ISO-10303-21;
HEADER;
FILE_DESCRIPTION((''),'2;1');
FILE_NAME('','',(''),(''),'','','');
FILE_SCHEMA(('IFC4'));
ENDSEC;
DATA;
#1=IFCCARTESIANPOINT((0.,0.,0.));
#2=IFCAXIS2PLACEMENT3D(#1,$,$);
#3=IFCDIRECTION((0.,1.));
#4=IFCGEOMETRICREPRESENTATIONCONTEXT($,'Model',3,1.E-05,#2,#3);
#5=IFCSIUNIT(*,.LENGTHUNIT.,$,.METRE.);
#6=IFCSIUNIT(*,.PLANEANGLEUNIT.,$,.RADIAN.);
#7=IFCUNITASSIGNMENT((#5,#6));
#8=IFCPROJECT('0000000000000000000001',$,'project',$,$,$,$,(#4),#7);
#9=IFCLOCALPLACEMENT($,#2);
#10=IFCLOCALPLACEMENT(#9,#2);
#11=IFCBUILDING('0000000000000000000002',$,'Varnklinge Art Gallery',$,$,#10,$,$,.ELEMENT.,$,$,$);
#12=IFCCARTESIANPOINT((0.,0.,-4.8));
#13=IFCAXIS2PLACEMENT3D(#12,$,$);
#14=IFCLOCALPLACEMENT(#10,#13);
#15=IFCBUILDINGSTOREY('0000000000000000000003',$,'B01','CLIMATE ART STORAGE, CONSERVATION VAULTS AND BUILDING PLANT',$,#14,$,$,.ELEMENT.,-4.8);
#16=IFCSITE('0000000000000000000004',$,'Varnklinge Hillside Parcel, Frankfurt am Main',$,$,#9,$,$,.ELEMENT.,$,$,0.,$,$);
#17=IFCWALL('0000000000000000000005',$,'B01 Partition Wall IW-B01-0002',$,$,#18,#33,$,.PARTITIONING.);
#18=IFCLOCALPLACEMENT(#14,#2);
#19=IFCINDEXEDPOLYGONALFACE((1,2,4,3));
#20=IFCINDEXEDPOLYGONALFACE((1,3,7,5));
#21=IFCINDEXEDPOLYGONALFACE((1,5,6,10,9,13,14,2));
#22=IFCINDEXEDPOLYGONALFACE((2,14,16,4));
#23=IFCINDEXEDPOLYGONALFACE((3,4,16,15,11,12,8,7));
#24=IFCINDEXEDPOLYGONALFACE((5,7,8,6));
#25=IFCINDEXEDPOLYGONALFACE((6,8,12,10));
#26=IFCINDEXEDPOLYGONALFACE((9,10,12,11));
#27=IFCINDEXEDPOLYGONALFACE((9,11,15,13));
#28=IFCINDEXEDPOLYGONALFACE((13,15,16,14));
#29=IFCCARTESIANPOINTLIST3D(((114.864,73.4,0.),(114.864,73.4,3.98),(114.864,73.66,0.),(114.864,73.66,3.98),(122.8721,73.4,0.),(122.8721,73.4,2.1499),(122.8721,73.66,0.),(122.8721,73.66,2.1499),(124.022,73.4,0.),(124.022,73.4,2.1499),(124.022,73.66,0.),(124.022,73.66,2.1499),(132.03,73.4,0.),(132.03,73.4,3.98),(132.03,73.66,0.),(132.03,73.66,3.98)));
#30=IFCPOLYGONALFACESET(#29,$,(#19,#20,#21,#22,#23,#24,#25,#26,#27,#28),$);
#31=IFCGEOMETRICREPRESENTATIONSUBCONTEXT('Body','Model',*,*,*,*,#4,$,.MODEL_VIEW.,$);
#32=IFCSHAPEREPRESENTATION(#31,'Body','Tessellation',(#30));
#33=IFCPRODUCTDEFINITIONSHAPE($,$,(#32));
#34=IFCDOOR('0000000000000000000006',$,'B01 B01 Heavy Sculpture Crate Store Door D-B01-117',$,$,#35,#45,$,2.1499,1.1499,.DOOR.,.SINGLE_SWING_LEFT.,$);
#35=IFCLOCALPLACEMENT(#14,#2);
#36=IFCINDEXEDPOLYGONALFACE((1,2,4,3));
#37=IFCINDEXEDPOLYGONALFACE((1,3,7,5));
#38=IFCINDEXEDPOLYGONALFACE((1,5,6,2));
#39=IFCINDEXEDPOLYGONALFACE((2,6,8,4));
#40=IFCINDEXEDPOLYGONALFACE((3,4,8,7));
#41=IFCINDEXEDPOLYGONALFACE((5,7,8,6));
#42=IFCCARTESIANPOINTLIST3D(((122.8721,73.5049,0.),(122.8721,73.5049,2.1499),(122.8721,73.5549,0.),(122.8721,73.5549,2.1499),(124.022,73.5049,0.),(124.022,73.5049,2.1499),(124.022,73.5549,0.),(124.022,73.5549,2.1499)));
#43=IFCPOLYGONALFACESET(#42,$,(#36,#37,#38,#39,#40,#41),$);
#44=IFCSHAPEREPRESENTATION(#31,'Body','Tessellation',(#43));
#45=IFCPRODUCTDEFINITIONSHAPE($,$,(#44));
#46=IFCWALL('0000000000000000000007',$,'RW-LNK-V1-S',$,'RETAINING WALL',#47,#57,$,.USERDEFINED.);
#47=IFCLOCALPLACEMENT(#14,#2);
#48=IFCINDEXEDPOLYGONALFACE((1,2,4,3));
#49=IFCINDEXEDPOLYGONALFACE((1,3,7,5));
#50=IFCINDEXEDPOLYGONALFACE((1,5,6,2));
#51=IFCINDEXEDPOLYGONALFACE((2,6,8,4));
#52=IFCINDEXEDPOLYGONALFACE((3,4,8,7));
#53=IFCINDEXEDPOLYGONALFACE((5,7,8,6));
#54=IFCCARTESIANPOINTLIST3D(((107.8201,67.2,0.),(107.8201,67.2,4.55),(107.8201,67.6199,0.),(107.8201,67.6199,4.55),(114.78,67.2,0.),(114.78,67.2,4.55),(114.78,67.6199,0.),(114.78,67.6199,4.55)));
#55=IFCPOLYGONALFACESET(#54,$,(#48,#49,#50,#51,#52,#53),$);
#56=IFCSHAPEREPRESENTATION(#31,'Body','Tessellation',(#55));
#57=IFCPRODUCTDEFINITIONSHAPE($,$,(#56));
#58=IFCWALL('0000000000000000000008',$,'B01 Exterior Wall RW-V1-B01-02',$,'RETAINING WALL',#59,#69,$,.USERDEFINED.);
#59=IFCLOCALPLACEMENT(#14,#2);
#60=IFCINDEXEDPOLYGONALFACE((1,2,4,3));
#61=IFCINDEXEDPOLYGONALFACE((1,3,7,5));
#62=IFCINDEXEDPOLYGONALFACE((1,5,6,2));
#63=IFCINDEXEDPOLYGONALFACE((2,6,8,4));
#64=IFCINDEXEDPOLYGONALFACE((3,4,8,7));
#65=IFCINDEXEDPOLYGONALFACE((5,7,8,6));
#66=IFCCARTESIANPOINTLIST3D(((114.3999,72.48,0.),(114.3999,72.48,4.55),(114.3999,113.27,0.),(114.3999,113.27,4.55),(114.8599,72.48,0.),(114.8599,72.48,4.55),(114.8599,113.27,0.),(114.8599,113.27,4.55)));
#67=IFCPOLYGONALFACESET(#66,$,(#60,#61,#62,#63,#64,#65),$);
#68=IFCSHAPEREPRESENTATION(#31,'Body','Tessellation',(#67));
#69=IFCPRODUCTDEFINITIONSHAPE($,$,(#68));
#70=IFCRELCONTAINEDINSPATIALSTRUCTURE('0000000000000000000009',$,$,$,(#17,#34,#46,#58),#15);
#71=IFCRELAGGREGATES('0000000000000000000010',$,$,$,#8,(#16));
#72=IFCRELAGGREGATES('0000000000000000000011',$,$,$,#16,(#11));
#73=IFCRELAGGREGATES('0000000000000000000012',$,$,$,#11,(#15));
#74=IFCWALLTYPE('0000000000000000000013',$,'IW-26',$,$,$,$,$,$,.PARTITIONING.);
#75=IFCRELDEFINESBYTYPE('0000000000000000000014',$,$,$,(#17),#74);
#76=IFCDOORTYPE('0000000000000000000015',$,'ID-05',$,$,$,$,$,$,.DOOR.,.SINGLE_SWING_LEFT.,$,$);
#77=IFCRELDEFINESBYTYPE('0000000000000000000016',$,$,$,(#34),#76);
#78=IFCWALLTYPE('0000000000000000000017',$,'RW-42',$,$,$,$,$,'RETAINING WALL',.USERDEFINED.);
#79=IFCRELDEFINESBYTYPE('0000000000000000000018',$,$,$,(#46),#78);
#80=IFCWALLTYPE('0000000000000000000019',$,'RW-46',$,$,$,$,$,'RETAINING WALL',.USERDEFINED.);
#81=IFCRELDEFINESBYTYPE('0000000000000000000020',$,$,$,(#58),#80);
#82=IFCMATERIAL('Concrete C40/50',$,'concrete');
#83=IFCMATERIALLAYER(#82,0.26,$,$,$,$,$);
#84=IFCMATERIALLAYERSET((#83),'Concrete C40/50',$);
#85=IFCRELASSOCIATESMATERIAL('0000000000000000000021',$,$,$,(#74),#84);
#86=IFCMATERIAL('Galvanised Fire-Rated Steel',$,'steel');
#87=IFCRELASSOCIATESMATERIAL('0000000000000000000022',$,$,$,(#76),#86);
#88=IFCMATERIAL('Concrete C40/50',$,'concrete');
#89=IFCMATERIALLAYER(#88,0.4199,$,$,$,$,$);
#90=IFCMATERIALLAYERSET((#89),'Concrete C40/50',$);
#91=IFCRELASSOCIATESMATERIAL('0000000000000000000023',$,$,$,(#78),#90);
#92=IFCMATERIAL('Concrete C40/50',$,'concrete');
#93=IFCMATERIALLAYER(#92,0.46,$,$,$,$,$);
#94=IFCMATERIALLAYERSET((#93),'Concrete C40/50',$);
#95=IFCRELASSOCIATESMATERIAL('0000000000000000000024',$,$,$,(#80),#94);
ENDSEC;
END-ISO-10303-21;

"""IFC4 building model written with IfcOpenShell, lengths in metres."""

from ifc_helpers import new_model, si_unit, direction, frame, frame_2d, origin, place, context, subcontext, project, spatial, rectangle, extrude, material, layer, layer_set, type_object, element, fill, save


model = new_model("IFC4")

# Units and contexts
model_context = context("Model", 3, precision=1e-05, world=origin(), true_north=direction((0.0, 1.0)))
body_context = subcontext(model_context, "Body", "Model", "MODEL_VIEW")
ifc_project = project(units=[si_unit("LENGTHUNIT", "METRE"), si_unit("PLANEANGLEUNIT", "RADIAN")], contexts=[model_context])

# Site, building, storey
site_placement = place(None, origin())
site = spatial("IfcSite", under=ifc_project, at=site_placement, Name="Varnklinge Hillside Parcel, Frankfurt am Main", CompositionType="ELEMENT", RefElevation=0.0)
building_placement = place(site_placement, origin())
building = spatial("IfcBuilding", under=site, at=building_placement, Name="Varnklinge Art Gallery", CompositionType="ELEMENT")
storey_placement = place(building_placement, frame((0.0, 0.0, -4.8)))
storey = spatial("IfcBuildingStorey", under=building, at=storey_placement, Name="B01", Description="CLIMATE ART STORAGE, CONSERVATION VAULTS AND BUILDING PLANT", CompositionType="ELEMENT", Elevation=-4.8)

# Wall, opening, door
ifc_material_1 = material(Name="Concrete C40/50", Category="concrete")
ifc_layer_1 = layer(ifc_material_1, 0.26)
ifc_layer_set_1 = layer_set([ifc_layer_1], Name="Concrete C40/50")
wall_type_1 = type_object("IfcWallType", Name="IW-26", PredefinedType="PARTITIONING", material=ifc_layer_set_1)
wall_1_placement = place(storey_placement, frame((114.864, 73.53, 0.0), z_axis=(0.0, 0.0, 1.0), x_axis=(1.0, 0.0, 0.0)))
wall_1 = element("IfcWall", 1, at=wall_1_placement, inside=storey, type_object=wall_type_1, Name="B01 Partition Wall IW-B01-0002", PredefinedType="PARTITIONING", context=body_context, shape_type="SweptSolid", body=[
    extrude(rectangle(XDim=17.166, YDim=0.26, at=frame_2d((8.583, 0.0))), origin(), (0.0, 0.0, 1.0), 3.98),
])
opening_placement = place(wall_1_placement, frame((8.0081, 0.0, 0.0)))
opening = element("IfcOpeningElement", 2, at=opening_placement, cuts=wall_1, PredefinedType="OPENING", context=body_context, shape_type="SweptSolid", body=[
    extrude(rectangle(XDim=1.1499, YDim=2.1499, at=frame_2d((0.575, 1.075))), frame((0.0, 0.1399, 0.0), z_axis=(0.0, -1.0, 0.0), x_axis=(1.0, 0.0, 0.0)), (0.0, 0.0, 1.0), 0.28),
])
ifc_material_2 = material(Name="Galvanised Fire-Rated Steel", Category="steel")
door_type = type_object("IfcDoorType", Name="ID-05", OperationType="SINGLE_SWING_LEFT", PredefinedType="DOOR", material=ifc_material_2)
door_placement = place(opening_placement, origin())
door = element("IfcDoor", 3, at=door_placement, inside=storey, type_object=door_type, Name="B01 B01 Heavy Sculpture Crate Store Door D-B01-117", OperationType="SINGLE_SWING_LEFT", OverallHeight=2.1499, OverallWidth=1.1499, PredefinedType="DOOR", context=body_context, shape_type="SweptSolid", body=[
    extrude(rectangle(XDim=1.1499, YDim=2.1499, at=frame_2d((0.575, 1.075))), frame((0.0, 0.0249, 0.0), z_axis=(0.0, -1.0, 0.0), x_axis=(1.0, 0.0, 0.0)), (0.0, 0.0, 1.0), 0.05),
])
fill(opening, door)

# Walls
ifc_material_3 = material(Name="Concrete C40/50", Category="concrete")
ifc_layer_2 = layer(ifc_material_3, 0.4199)
ifc_layer_set_2 = layer_set([ifc_layer_2], Name="Concrete C40/50")
wall_type_2 = type_object("IfcWallType", Name="RW-42", ElementType="RETAINING WALL", PredefinedType="USERDEFINED", material=ifc_layer_set_2)
wall_2_placement = place(storey_placement, frame((114.78, 67.4099, 0.0), z_axis=(0.0, 0.0, 1.0), x_axis=(-1.0, 0.0, 0.0)))
element("IfcWall", 4, at=wall_2_placement, inside=storey, type_object=wall_type_2, Name="RW-LNK-V1-S", ObjectType="RETAINING WALL", PredefinedType="USERDEFINED", context=body_context, shape_type="SweptSolid", body=[
    extrude(rectangle(XDim=6.96, YDim=0.4199, at=frame_2d((3.48, 0.0))), origin(), (0.0, 0.0, 1.0), 4.55),
])
ifc_material_4 = material(Name="Concrete C40/50", Category="concrete")
ifc_layer_3 = layer(ifc_material_4, 0.46)
ifc_layer_set_3 = layer_set([ifc_layer_3], Name="Concrete C40/50")
wall_type_3 = type_object("IfcWallType", Name="RW-46", ElementType="RETAINING WALL", PredefinedType="USERDEFINED", material=ifc_layer_set_3)
wall_3_placement = place(storey_placement, frame((114.6299, 72.48, 0.0), z_axis=(0.0, 0.0, 1.0), x_axis=(0.0, 1.0, 0.0)))
element("IfcWall", 5, at=wall_3_placement, inside=storey, type_object=wall_type_3, Name="B01 Exterior Wall RW-V1-B01-02", ObjectType="RETAINING WALL", PredefinedType="USERDEFINED", context=body_context, shape_type="SweptSolid", body=[
    extrude(rectangle(XDim=40.79, YDim=0.46, at=frame_2d((20.395, 0.0))), origin(), (0.0, 0.0, 1.0), 4.55),
])

save(model, "model.ifc")
